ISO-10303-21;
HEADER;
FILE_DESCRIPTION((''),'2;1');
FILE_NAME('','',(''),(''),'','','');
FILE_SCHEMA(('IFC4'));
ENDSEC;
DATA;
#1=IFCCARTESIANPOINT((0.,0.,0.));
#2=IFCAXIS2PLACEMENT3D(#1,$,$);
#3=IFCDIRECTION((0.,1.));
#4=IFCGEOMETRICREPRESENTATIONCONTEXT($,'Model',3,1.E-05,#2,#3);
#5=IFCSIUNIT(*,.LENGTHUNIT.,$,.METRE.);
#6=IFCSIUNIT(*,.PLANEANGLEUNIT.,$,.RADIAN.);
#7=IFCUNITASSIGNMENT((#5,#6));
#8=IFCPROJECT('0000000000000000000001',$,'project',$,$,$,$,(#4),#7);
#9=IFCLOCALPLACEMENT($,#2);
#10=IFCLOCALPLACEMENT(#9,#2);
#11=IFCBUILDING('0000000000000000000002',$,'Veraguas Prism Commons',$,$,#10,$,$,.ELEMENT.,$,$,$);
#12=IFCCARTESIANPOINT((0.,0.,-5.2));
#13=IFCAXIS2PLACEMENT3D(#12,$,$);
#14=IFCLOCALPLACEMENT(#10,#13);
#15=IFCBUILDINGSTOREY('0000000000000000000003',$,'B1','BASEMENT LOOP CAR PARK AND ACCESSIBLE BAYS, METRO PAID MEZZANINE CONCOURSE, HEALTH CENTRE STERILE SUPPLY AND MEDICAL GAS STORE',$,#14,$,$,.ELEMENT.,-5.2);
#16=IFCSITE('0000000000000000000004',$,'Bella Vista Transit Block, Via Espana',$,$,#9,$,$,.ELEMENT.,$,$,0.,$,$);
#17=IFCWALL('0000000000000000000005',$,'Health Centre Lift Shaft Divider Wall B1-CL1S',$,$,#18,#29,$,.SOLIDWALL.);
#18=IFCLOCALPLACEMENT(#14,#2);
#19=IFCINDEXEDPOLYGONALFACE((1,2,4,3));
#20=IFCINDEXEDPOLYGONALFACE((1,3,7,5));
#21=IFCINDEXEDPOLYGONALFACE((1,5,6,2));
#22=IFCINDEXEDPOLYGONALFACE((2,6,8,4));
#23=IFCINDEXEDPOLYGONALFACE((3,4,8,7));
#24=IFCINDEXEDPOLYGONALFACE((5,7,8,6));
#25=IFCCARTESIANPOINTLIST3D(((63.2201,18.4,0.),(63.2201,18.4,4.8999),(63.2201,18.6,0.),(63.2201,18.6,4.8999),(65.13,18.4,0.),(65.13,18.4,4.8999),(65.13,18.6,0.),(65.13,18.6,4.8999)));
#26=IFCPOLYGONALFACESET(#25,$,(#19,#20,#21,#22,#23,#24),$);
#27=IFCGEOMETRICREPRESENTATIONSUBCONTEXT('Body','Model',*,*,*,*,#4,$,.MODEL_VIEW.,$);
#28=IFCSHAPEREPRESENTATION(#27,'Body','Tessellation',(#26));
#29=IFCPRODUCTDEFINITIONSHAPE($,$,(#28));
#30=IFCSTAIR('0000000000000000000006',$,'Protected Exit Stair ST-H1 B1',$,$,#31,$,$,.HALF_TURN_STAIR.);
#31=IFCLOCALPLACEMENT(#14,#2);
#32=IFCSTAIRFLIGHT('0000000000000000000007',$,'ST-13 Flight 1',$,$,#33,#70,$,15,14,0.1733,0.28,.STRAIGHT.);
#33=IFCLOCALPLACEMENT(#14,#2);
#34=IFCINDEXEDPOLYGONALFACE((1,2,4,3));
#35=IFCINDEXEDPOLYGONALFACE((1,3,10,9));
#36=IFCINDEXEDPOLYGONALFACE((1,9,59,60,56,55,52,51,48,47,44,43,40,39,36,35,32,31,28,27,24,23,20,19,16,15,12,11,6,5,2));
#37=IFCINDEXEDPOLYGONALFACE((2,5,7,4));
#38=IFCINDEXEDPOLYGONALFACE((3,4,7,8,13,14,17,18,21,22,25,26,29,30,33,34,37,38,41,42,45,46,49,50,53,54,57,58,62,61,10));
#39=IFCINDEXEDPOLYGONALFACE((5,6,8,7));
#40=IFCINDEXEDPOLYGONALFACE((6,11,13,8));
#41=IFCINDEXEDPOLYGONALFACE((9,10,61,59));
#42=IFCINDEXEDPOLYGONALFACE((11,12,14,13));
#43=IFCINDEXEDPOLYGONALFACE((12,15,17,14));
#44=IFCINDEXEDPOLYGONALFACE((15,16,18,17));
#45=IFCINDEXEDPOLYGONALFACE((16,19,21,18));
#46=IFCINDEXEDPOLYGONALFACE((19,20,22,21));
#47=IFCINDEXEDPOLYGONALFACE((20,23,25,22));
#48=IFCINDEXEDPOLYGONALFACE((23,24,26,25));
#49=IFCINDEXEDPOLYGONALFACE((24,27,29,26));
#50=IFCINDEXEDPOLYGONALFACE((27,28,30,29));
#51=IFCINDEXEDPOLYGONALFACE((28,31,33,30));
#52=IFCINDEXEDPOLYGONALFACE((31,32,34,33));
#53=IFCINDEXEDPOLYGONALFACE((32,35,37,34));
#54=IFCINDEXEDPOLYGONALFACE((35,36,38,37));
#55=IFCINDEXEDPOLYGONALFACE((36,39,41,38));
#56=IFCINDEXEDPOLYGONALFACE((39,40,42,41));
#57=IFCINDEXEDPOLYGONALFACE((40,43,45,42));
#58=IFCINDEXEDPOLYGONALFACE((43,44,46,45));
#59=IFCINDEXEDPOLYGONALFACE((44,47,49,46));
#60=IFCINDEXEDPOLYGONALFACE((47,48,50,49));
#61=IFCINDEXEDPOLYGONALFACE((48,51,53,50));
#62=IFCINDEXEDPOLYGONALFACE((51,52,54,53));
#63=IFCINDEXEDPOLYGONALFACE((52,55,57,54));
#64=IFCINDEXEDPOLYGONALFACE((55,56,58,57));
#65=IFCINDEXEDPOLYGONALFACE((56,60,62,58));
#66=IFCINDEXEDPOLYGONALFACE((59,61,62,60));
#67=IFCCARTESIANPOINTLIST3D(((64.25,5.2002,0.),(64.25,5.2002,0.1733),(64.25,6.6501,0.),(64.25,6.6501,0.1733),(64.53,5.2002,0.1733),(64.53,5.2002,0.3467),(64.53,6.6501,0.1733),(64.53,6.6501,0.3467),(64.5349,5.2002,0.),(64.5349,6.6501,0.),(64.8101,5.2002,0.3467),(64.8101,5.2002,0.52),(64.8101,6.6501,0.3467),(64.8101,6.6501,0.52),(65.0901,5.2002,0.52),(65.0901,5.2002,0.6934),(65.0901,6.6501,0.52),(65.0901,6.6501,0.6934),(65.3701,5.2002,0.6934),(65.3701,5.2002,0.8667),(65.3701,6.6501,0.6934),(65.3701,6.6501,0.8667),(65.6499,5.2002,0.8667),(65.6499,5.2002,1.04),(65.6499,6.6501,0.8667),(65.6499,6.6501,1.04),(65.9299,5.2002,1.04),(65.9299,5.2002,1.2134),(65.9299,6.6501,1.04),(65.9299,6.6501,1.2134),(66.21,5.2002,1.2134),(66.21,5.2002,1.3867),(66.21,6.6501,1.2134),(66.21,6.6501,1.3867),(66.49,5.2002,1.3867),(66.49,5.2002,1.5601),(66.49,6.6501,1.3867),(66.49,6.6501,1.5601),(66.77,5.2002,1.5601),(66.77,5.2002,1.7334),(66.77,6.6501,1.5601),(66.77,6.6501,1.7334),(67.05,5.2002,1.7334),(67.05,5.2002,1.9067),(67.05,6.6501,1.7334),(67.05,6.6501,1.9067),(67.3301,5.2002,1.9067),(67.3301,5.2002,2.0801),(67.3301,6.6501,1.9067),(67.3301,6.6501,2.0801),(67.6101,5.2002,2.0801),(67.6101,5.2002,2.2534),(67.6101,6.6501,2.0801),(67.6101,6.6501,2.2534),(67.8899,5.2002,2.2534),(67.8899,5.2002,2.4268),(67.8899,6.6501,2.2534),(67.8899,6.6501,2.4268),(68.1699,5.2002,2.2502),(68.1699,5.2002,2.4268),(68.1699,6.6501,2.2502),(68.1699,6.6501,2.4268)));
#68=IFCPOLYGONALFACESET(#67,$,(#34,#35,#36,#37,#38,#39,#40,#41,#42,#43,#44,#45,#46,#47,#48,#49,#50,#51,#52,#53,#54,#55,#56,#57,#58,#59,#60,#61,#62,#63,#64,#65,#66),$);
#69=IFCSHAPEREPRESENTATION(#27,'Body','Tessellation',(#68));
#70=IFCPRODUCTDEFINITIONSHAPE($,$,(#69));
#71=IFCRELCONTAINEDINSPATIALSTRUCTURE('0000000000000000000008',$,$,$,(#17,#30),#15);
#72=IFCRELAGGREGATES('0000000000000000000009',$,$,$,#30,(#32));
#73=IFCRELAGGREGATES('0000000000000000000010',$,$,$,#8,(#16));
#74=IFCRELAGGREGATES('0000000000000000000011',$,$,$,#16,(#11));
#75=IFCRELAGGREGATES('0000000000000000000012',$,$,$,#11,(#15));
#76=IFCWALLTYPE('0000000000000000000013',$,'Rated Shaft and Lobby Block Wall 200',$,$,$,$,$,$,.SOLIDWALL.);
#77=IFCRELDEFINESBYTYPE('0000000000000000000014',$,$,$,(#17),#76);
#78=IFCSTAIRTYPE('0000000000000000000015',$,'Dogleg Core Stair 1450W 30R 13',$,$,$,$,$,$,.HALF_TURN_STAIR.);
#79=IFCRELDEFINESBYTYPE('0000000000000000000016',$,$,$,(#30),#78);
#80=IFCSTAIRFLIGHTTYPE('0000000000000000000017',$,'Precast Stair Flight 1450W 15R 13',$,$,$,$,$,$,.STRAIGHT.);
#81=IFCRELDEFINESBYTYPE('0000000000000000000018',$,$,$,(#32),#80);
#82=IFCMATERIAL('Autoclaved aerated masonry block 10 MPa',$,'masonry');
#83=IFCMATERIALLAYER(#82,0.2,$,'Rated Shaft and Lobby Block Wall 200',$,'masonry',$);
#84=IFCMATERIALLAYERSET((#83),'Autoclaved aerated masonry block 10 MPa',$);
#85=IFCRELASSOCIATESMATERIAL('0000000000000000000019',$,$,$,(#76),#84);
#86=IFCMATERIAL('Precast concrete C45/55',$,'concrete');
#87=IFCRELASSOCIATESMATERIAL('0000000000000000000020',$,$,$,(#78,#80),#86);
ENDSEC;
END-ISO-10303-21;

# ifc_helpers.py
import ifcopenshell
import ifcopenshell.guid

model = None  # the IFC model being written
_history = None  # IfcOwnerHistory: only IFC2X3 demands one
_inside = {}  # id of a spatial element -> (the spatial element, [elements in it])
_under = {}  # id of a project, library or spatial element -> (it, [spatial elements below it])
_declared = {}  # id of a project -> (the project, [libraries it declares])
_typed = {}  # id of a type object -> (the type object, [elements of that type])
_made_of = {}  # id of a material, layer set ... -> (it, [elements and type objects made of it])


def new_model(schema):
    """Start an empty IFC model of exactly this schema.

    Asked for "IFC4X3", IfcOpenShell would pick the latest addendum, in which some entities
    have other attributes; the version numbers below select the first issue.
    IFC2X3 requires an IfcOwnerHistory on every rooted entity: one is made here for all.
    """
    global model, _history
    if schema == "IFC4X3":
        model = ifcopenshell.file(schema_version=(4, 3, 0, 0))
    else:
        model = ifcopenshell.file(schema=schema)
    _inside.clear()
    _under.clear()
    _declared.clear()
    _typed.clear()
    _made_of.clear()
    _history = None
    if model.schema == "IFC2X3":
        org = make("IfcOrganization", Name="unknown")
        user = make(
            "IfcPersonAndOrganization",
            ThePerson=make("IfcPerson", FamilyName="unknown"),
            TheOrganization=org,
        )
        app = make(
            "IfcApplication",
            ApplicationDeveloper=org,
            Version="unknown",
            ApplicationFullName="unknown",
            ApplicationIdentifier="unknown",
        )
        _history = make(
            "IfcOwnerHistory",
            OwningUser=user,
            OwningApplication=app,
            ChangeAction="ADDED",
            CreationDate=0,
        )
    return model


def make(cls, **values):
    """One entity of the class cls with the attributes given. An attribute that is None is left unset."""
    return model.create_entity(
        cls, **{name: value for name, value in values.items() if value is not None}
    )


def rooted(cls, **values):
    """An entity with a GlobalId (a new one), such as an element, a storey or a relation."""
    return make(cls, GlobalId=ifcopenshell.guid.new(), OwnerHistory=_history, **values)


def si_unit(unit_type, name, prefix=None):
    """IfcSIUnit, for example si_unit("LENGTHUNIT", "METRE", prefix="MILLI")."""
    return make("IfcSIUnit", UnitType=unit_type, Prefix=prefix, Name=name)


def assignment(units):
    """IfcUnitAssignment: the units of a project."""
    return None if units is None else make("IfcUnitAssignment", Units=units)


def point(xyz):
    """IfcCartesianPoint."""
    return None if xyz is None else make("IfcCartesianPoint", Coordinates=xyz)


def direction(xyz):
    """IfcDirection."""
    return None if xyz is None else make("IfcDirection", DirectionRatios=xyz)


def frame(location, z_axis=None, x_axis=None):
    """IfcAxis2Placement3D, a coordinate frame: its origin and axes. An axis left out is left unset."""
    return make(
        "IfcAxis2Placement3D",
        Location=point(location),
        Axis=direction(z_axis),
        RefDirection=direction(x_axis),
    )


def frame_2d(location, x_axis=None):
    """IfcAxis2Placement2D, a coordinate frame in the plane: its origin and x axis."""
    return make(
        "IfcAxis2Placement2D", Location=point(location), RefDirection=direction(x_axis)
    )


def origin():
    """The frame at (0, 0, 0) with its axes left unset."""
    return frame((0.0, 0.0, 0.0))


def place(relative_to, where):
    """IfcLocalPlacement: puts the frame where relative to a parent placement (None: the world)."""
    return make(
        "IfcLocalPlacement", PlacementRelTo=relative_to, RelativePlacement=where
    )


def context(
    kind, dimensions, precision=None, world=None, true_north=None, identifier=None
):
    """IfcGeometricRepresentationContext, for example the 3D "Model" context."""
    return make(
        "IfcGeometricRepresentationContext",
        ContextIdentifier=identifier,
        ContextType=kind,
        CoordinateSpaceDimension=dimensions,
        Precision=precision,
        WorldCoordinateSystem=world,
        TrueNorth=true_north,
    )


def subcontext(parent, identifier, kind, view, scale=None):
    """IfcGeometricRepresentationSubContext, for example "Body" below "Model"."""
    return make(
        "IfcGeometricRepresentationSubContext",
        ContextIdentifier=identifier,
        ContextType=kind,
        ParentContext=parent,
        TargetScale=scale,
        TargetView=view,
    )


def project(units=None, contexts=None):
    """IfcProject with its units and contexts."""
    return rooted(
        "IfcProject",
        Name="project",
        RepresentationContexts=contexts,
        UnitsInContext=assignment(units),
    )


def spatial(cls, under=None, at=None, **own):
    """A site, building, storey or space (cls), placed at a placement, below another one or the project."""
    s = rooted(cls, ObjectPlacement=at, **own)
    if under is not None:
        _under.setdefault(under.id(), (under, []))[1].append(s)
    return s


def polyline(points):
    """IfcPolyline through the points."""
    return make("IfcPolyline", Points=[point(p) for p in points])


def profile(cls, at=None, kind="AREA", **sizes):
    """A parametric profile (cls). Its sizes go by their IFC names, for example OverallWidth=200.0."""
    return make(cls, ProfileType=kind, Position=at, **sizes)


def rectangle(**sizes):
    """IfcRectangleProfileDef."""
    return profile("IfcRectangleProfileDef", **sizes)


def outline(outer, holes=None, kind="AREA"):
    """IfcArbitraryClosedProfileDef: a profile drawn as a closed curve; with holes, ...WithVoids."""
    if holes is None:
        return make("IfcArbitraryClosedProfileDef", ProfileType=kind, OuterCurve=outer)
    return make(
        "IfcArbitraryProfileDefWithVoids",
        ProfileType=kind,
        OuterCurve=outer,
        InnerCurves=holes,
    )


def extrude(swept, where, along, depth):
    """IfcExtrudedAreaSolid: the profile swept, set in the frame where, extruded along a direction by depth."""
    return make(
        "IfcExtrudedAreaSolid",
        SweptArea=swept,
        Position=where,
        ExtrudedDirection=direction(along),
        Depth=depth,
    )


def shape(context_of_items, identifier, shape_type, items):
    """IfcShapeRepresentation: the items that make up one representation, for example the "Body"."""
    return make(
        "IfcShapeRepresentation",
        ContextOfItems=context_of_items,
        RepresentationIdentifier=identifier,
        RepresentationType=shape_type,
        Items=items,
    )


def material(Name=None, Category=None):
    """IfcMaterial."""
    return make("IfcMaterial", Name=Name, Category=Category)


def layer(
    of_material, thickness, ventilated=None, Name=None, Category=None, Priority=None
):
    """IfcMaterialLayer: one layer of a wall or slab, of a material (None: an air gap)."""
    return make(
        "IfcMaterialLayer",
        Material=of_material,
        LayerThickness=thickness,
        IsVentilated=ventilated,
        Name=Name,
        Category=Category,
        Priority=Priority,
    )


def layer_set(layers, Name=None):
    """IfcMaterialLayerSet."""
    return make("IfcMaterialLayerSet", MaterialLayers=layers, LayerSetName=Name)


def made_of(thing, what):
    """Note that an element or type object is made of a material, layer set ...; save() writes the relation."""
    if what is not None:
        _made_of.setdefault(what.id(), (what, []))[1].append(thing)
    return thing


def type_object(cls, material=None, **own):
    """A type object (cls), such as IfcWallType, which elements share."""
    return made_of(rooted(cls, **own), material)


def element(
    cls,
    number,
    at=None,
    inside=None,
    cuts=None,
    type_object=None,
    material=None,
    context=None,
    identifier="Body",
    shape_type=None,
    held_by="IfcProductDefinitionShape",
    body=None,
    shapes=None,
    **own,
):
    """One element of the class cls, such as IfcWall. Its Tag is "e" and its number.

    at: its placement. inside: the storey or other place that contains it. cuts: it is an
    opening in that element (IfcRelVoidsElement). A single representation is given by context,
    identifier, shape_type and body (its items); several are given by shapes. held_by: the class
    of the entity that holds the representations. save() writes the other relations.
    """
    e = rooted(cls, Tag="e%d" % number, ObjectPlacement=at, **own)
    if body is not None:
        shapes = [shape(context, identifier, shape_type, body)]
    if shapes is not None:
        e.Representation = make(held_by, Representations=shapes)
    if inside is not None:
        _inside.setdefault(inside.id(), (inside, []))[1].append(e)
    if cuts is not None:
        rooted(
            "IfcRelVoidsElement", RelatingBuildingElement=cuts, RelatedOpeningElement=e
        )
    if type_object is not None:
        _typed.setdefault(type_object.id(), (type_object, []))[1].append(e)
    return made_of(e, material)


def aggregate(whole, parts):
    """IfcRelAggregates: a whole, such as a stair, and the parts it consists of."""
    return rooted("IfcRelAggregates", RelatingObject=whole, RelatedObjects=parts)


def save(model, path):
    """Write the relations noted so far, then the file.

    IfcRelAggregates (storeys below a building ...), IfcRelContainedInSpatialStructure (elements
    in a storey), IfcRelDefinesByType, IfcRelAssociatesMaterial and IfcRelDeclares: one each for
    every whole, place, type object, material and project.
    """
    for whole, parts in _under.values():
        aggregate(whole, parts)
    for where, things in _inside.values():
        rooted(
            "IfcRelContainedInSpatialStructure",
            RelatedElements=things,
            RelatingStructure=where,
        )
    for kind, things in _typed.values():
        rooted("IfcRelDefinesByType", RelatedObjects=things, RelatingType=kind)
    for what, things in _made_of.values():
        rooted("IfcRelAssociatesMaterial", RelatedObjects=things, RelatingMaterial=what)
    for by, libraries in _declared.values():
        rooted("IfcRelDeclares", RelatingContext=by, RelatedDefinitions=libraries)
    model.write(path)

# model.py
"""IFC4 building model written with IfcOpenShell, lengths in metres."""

from ifc_helpers import new_model, si_unit, direction, frame, frame_2d, origin, place, context, subcontext, project, spatial, polyline, rectangle, outline, extrude, material, layer, layer_set, type_object, element, aggregate, save


model = new_model("IFC4")

# Units and contexts
model_context = context("Model", 3, precision=1e-05, world=origin(), true_north=direction((0.0, 1.0)))
body_context = subcontext(model_context, "Body", "Model", "MODEL_VIEW")
ifc_project = project(units=[si_unit("LENGTHUNIT", "METRE"), si_unit("PLANEANGLEUNIT", "RADIAN")], contexts=[model_context])

# Site, building, storey
site_placement = place(None, origin())
site = spatial("IfcSite", under=ifc_project, at=site_placement, Name="Bella Vista Transit Block, Via Espana", CompositionType="ELEMENT", RefElevation=0.0)
building_placement = place(site_placement, origin())
building = spatial("IfcBuilding", under=site, at=building_placement, Name="Veraguas Prism Commons", CompositionType="ELEMENT")
storey_placement = place(building_placement, frame((0.0, 0.0, -5.2)))
storey = spatial("IfcBuildingStorey", under=building, at=storey_placement, Name="B1", Description="BASEMENT LOOP CAR PARK AND ACCESSIBLE BAYS, METRO PAID MEZZANINE CONCOURSE, HEALTH CENTRE STERILE SUPPLY AND MEDICAL GAS STORE", CompositionType="ELEMENT", Elevation=-5.2)

# Wall
ifc_material_1 = material(Name="Autoclaved aerated masonry block 10 MPa", Category="masonry")
ifc_layer_1 = layer(ifc_material_1, 0.2, Name="Rated Shaft and Lobby Block Wall 200", Category="masonry")
ifc_layer_set_1 = layer_set([ifc_layer_1], Name="Autoclaved aerated masonry block 10 MPa")
wall_type_1 = type_object("IfcWallType", Name="Rated Shaft and Lobby Block Wall 200", PredefinedType="SOLIDWALL", material=ifc_layer_set_1)
wall_1_placement = place(storey_placement, frame((63.22, 18.5, 0.0), z_axis=(0.0, 0.0, 1.0), x_axis=(1.0, 0.0, 0.0)))
element("IfcWall", 1, at=wall_1_placement, inside=storey, type_object=wall_type_1, Name="Health Centre Lift Shaft Divider Wall B1-CL1S", PredefinedType="SOLIDWALL", context=body_context, shape_type="SweptSolid", body=[
    extrude(rectangle(XDim=1.9099, YDim=0.2, at=frame_2d((0.9551, 0.0))), origin(), (0.0, 0.0, 1.0), 4.8999),
])

# Stair, stair flight
ifc_material_2 = material(Name="Precast concrete C45/55", Category="concrete")
stair_type = type_object("IfcStairType", Name="Dogleg Core Stair 1450W 30R 13", PredefinedType="HALF_TURN_STAIR", material=ifc_material_2)
stair_placement = place(storey_placement, origin())
stair = element("IfcStair", 2, at=stair_placement, inside=storey, type_object=stair_type, Name="Protected Exit Stair ST-H1 B1", PredefinedType="HALF_TURN_STAIR")
stair_flight_type = type_object("IfcStairFlightType", Name="Precast Stair Flight 1450W 15R 13", PredefinedType="STRAIGHT", material=ifc_material_2)
stair_flight_placement = place(storey_placement, frame((64.25, 5.925, 0.0), z_axis=(0.0, 0.0, 1.0), x_axis=(1.0, 0.0, 0.0)))
stair_flight = element("IfcStairFlight", 3, at=stair_flight_placement, type_object=stair_flight_type, Name="ST-13 Flight 1", NumberOfRisers=15, NumberOfTreads=14, PredefinedType="STRAIGHT", RiserHeight=0.1733, TreadLength=0.28, context=body_context, shape_type="SweptSolid", body=[
    extrude(outline(polyline([(0.0, 0.0), (0.0, 0.1733), (0.28, 0.1733), (0.28, 0.3467), (0.5601, 0.3467), (0.5601, 0.52), (0.8401, 0.52), (0.8401, 0.6934), (1.1201, 0.6934), (1.1201, 0.8667), (1.3999, 0.8667), (1.3999, 1.04), (1.6799, 1.04), (1.6799, 1.2134), (1.96, 1.2134), (1.96, 1.3867), (2.24, 1.3867), (2.24, 1.5601), (2.52, 1.5601), (2.52, 1.7334), (2.8, 1.7334), (2.8, 1.9067), (3.0801, 1.9067), (3.0801, 2.0801), (3.3601, 2.0801), (3.3601, 2.2534), (3.6399, 2.2534), (3.6399, 2.4268), (3.9199, 2.4268), (3.9199, 2.6001), (3.9199, 2.2502), (0.2849, 0.0), (0.0, 0.0)])), frame((0.0, 0.7251, 0.0), z_axis=(0.0, -1.0, 0.0), x_axis=(1.0, 0.0, 0.0)), (0.0, 0.0, 1.0), 1.45),
])
aggregate(stair, [stair_flight])

save(model, "model.ifc")
